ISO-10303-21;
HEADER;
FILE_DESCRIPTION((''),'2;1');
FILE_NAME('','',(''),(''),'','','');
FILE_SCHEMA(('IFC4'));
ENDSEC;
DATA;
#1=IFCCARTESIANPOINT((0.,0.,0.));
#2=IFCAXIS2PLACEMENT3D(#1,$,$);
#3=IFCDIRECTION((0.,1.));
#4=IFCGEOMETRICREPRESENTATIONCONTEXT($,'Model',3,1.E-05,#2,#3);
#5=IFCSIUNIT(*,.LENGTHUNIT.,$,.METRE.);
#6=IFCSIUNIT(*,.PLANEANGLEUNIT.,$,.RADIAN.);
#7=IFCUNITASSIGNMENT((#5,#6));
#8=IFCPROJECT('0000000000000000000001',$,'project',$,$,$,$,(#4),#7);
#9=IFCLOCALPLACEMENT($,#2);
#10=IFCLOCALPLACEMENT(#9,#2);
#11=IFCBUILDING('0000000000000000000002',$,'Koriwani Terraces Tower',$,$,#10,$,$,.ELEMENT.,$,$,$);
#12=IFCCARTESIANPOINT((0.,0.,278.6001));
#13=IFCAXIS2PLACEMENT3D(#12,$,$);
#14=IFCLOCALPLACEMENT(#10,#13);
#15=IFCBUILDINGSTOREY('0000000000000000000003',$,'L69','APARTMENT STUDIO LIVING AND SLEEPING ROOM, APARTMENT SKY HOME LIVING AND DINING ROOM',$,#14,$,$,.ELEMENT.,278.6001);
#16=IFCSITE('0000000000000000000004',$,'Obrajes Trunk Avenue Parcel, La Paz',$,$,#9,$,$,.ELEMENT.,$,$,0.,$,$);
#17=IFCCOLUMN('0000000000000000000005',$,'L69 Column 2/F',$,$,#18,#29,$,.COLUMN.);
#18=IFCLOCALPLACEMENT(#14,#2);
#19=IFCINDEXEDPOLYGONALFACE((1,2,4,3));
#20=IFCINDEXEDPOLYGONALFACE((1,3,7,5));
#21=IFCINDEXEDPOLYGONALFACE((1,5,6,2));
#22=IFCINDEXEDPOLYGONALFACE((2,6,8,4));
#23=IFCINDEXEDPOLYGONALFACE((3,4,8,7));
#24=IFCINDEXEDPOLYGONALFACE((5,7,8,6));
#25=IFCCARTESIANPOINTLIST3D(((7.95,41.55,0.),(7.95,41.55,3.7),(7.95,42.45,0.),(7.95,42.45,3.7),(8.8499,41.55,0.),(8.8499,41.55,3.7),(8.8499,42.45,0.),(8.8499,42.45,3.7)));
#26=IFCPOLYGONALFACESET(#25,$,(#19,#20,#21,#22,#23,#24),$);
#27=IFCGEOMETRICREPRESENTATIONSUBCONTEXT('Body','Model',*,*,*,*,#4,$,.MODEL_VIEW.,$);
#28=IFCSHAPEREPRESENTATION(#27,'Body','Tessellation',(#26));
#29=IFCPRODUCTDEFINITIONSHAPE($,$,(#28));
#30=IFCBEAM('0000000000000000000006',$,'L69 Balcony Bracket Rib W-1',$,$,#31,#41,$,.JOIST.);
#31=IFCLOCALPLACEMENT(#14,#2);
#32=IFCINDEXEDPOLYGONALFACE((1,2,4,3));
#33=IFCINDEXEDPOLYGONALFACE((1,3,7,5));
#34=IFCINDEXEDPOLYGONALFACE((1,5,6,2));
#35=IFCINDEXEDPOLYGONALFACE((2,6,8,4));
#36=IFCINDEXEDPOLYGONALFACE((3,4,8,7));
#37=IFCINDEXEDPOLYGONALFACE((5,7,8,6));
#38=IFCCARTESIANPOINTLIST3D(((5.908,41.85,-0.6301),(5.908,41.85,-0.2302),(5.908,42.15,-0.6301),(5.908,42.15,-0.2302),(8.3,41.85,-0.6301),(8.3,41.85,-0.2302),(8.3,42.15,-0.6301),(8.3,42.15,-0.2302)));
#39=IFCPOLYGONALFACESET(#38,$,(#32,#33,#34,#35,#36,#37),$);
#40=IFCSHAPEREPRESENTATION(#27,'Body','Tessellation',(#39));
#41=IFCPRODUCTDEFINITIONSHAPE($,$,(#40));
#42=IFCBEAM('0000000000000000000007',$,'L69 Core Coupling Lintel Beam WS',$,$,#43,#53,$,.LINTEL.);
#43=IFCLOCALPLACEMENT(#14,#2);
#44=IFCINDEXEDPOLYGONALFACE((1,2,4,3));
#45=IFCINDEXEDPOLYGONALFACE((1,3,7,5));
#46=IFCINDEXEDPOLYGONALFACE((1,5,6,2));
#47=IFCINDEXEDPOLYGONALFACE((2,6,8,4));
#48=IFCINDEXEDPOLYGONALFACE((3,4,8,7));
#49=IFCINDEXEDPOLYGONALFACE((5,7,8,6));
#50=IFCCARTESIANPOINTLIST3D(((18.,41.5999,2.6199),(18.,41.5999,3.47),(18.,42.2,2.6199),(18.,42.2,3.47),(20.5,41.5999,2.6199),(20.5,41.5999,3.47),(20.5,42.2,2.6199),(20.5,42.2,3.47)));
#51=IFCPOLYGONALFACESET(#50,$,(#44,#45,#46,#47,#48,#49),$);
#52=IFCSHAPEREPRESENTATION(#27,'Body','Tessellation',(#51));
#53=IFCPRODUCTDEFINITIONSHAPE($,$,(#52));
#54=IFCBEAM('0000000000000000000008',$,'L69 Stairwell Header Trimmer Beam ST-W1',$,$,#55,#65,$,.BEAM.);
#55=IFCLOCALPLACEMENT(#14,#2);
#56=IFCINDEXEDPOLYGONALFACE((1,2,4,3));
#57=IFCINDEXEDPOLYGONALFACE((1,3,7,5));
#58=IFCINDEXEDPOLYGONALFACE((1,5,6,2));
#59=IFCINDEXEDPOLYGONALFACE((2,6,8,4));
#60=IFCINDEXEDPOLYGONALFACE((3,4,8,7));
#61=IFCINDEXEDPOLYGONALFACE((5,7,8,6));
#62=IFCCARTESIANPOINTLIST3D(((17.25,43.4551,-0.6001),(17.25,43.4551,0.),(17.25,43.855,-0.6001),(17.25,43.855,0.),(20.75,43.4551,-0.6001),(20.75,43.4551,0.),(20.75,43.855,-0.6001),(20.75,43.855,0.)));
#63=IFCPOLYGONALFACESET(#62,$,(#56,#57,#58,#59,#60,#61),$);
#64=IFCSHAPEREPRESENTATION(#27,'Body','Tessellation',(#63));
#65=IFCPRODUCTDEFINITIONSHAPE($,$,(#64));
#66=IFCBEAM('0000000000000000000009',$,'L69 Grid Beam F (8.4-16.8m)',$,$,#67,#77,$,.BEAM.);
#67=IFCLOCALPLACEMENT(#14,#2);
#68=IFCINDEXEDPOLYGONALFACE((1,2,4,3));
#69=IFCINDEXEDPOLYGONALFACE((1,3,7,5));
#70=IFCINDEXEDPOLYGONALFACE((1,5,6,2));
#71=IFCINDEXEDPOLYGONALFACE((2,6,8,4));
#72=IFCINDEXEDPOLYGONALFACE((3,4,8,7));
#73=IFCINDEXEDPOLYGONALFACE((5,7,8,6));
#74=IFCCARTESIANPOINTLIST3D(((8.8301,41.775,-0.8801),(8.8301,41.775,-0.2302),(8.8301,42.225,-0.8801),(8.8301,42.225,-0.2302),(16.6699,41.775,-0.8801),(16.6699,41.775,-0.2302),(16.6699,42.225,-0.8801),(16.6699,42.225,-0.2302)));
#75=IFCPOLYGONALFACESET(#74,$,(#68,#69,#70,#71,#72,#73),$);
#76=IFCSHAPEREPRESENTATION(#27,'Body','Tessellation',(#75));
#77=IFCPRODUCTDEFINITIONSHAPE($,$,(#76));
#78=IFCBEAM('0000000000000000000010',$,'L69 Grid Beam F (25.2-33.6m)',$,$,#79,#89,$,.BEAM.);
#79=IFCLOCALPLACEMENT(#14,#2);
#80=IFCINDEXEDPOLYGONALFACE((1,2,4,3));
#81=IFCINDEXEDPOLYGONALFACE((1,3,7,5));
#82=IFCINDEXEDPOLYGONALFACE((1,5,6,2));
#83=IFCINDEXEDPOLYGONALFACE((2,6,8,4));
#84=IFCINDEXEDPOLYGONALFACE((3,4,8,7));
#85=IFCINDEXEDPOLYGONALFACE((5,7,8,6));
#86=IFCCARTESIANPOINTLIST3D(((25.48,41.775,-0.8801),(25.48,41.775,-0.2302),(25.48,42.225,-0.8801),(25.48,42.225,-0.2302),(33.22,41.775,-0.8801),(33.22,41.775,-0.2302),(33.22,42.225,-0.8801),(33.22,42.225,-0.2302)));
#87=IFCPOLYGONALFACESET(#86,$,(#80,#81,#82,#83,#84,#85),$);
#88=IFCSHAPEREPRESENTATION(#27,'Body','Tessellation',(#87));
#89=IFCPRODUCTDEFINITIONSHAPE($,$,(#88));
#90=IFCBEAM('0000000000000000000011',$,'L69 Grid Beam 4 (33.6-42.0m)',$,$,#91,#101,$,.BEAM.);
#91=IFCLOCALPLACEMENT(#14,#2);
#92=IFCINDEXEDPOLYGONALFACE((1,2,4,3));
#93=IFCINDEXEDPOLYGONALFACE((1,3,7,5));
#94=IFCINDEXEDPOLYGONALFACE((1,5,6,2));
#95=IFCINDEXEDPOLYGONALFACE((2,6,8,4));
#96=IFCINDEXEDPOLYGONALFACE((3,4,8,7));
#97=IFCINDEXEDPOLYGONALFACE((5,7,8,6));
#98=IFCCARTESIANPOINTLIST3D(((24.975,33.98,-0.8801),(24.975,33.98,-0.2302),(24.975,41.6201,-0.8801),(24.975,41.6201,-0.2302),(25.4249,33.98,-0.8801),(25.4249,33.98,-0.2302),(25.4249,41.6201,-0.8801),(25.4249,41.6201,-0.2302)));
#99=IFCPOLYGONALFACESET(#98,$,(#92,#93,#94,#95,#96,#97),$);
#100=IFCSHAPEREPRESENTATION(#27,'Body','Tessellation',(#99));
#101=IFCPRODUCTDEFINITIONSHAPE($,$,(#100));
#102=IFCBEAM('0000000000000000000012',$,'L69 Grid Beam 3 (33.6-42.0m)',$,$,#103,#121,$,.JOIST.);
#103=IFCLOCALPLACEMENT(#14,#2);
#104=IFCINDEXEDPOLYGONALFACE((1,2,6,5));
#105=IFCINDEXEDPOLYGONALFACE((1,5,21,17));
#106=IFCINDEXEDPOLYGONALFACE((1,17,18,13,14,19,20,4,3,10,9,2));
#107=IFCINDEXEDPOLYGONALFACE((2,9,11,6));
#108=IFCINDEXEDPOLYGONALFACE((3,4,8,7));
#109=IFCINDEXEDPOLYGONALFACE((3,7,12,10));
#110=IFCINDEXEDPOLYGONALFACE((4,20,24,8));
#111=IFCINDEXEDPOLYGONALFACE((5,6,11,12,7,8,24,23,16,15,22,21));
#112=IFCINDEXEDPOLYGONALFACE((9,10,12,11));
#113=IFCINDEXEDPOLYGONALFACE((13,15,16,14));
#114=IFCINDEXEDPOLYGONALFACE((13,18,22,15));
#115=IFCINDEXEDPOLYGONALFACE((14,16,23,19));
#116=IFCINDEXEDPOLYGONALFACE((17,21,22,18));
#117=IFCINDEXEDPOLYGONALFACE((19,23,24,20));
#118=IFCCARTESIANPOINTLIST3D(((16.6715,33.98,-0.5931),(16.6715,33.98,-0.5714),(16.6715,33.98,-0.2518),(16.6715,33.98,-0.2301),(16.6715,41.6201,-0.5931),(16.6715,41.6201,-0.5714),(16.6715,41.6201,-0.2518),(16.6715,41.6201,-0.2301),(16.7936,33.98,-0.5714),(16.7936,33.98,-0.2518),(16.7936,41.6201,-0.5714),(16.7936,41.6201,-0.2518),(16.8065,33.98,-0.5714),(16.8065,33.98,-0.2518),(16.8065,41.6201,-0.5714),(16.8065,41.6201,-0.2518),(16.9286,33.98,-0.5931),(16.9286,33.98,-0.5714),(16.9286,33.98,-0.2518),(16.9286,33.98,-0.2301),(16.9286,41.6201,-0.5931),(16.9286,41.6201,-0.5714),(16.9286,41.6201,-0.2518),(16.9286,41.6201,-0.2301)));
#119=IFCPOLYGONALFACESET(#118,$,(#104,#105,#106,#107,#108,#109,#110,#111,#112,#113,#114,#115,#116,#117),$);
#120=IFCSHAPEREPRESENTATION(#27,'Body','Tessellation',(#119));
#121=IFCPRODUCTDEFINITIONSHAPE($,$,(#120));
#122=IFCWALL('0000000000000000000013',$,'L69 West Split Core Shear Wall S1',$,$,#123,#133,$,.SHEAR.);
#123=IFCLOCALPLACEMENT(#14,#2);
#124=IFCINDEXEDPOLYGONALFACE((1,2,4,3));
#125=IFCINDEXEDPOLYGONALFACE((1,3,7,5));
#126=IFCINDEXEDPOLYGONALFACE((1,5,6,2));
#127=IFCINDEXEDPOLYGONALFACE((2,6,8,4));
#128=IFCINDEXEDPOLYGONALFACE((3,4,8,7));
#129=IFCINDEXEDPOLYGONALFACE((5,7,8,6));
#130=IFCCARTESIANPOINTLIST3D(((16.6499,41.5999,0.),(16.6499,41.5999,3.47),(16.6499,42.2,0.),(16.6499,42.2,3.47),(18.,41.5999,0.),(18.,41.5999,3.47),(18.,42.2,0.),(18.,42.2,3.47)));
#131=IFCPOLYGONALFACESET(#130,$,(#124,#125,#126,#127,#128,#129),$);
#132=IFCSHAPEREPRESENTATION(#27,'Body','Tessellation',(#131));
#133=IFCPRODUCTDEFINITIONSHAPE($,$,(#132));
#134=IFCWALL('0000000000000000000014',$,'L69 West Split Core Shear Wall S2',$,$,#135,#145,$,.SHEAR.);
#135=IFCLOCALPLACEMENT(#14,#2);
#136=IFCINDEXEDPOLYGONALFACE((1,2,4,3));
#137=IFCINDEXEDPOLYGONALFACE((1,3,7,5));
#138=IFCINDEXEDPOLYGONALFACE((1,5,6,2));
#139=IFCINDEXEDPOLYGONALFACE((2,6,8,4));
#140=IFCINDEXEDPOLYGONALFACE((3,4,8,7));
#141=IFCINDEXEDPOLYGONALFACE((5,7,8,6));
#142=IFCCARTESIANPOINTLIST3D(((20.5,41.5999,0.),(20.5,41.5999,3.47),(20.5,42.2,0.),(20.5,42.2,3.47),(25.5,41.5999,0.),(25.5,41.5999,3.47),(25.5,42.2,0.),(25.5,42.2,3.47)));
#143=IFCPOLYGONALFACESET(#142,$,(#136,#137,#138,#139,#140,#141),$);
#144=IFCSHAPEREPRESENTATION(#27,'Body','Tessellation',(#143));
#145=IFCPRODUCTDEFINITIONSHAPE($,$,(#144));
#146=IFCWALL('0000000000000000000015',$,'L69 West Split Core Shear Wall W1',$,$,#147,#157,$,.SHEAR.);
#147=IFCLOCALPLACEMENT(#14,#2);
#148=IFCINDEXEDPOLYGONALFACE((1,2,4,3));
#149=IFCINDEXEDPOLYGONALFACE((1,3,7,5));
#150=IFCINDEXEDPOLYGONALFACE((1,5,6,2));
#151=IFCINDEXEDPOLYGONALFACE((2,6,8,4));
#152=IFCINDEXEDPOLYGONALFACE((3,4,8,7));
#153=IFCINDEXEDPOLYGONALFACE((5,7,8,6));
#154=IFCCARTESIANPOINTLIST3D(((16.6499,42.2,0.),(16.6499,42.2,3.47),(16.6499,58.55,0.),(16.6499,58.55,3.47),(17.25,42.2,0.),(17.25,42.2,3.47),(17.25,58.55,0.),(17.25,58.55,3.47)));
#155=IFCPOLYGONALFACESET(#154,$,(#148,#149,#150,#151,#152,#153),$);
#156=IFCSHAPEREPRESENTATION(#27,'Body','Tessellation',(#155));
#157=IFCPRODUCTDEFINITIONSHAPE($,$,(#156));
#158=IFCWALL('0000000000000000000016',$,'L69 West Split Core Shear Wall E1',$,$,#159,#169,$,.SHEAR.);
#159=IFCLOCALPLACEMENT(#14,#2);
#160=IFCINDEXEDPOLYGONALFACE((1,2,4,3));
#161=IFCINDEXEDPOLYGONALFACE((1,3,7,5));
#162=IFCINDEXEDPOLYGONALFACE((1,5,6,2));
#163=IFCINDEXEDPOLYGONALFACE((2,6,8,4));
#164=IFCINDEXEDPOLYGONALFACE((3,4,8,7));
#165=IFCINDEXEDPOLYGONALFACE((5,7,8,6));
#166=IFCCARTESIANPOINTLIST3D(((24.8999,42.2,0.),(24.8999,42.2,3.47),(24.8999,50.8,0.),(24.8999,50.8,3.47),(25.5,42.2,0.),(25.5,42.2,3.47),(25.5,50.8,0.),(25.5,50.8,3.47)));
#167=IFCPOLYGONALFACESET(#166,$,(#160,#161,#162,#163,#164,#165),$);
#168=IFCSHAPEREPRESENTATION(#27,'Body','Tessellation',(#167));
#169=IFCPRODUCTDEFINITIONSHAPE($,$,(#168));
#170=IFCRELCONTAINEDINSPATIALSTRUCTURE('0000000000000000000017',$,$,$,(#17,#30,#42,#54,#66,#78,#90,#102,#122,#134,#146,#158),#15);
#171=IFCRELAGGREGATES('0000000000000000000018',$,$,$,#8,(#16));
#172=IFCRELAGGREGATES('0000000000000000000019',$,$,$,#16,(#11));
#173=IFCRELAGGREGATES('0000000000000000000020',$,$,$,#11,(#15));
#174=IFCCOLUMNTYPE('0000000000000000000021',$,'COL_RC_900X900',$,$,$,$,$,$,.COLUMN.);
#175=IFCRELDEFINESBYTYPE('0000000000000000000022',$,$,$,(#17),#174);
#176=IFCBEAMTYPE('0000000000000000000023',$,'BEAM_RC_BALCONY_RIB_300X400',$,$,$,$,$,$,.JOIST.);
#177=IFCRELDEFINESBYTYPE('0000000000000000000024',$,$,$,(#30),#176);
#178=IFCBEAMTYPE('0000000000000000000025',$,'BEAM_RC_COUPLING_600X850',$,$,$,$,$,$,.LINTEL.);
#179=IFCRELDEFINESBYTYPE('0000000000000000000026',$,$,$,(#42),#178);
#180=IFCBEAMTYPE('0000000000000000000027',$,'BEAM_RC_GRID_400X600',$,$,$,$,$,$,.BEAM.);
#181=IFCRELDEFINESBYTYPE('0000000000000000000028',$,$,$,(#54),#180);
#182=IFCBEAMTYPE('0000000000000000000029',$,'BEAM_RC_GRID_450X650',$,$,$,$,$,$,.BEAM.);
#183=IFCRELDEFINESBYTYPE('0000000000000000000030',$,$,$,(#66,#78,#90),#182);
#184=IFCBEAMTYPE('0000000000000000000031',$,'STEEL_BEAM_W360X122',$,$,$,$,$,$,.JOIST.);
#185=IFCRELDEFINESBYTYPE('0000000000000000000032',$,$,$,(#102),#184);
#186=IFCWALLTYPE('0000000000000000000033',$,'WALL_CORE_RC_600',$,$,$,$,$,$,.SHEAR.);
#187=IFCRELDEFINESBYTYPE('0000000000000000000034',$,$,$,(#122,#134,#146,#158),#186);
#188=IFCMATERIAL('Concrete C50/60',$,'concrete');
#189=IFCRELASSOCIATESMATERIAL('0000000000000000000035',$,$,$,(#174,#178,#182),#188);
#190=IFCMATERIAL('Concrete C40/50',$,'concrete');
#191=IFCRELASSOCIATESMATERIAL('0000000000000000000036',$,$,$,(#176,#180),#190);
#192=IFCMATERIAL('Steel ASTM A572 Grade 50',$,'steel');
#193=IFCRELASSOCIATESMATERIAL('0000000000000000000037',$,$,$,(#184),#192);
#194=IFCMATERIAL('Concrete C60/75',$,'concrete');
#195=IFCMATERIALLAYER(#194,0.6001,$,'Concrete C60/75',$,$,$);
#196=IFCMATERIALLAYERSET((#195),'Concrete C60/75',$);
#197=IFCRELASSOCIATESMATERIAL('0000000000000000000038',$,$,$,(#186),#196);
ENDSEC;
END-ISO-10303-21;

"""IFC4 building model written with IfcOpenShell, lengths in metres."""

from ifc_helpers import new_model, si_unit, direction, frame, frame_2d, origin, origin_2d, place, context, subcontext, project, spatial, rectangle, i_section, extrude, material, layer, layer_set, material_profile, profile_set, type_object, element, save


model = new_model("IFC4")

# Units and contexts
model_context = context("Model", 3, precision=1e-05, world=origin(), true_north=direction((0.0, 1.0)))
body_context = subcontext(model_context, "Body", "Model", "MODEL_VIEW")
ifc_project = project(units=[si_unit("LENGTHUNIT", "METRE"), si_unit("PLANEANGLEUNIT", "RADIAN")], contexts=[model_context])

# Site, building, storey
site_placement = place(None, origin())
site = spatial("IfcSite", under=ifc_project, at=site_placement, Name="Obrajes Trunk Avenue Parcel, La Paz", CompositionType="ELEMENT", RefElevation=0.0)
building_placement = place(site_placement, origin())
building = spatial("IfcBuilding", under=site, at=building_placement, Name="Koriwani Terraces Tower", CompositionType="ELEMENT")
storey_placement = place(building_placement, frame((0.0, 0.0, 278.6001)))
storey = spatial("IfcBuildingStorey", under=building, at=storey_placement, Name="L69", Description="APARTMENT STUDIO LIVING AND SLEEPING ROOM, APARTMENT SKY HOME LIVING AND DINING ROOM", CompositionType="ELEMENT", Elevation=278.6001)

# Column
ifc_material_1 = material(Name="Concrete C50/60", Category="concrete")
ifc_material_profile_1 = material_profile(ifc_material_1, rectangle(XDim=0.8999, YDim=0.8999, at=origin_2d()), Name="Concrete C50/60", Category="LoadBearing")
ifc_profile_set_1 = profile_set([ifc_material_profile_1], Name="Concrete C50/60")
column_type = type_object("IfcColumnType", Name="COL_RC_900X900", PredefinedType="COLUMN", material=ifc_profile_set_1)
column_placement = place(storey_placement, frame((8.3999, 42.0, 0.0), z_axis=(0.0, 0.0, 1.0), x_axis=(1.0, 0.0, 0.0)))
element("IfcColumn", 1, at=column_placement, inside=storey, type_object=column_type, Name="L69 Column 2/F", PredefinedType="COLUMN", context=body_context, shape_type="SweptSolid", body=[
    extrude(rectangle(XDim=0.8999, YDim=0.8999, at=origin_2d()), origin(), (0.0, 0.0, 1.0), 3.7),
])

# Beams
ifc_material_2 = material(Name="Concrete C40/50", Category="concrete")
ifc_material_profile_2 = material_profile(ifc_material_2, rectangle(XDim=0.3, YDim=0.3999, at=origin_2d()), Name="Concrete C40/50", Category="LoadBearing")
ifc_profile_set_2 = profile_set([ifc_material_profile_2], Name="Concrete C40/50")
beam_type_1 = type_object("IfcBeamType", Name="BEAM_RC_BALCONY_RIB_300X400", PredefinedType="JOIST", material=ifc_profile_set_2)
beam_1_placement = place(storey_placement, frame((5.908, 42.0, -0.4302), z_axis=(1.0, 0.0, 0.0), x_axis=(0.0, 1.0, 0.0)))
element("IfcBeam", 2, at=beam_1_placement, inside=storey, type_object=beam_type_1, Name="L69 Balcony Bracket Rib W-1", PredefinedType="JOIST", context=body_context, shape_type="SweptSolid", body=[
    extrude(rectangle(XDim=0.3, YDim=0.3999, at=origin_2d()), origin(), (0.0, 0.0, 1.0), 2.3921),
])
ifc_material_profile_3 = material_profile(ifc_material_1, rectangle(XDim=0.6001, YDim=0.8501, at=origin_2d()), Name="Concrete C50/60", Category="LoadBearing")
ifc_profile_set_3 = profile_set([ifc_material_profile_3], Name="Concrete C50/60")
beam_type_2 = type_object("IfcBeamType", Name="BEAM_RC_COUPLING_600X850", PredefinedType="LINTEL", material=ifc_profile_set_3)
beam_2_placement = place(storey_placement, frame((18.0, 41.8999, 3.0449), z_axis=(1.0, 0.0, 0.0), x_axis=(0.0, 1.0, 0.0)))
element("IfcBeam", 3, at=beam_2_placement, inside=storey, type_object=beam_type_2, Name="L69 Core Coupling Lintel Beam WS", PredefinedType="LINTEL", context=body_context, shape_type="SweptSolid", body=[
    extrude(rectangle(XDim=0.6001, YDim=0.8501, at=origin_2d()), origin(), (0.0, 0.0, 1.0), 2.5),
])
ifc_material_profile_4 = material_profile(ifc_material_2, rectangle(XDim=0.3999, YDim=0.6001, at=origin_2d()), Name="Concrete C40/50", Category="LoadBearing")
ifc_profile_set_4 = profile_set([ifc_material_profile_4], Name="Concrete C40/50")
beam_type_3 = type_object("IfcBeamType", Name="BEAM_RC_GRID_400X600", PredefinedType="BEAM", material=ifc_profile_set_4)
beam_3_placement = place(storey_placement, frame((17.25, 43.655, -0.3), z_axis=(1.0, 0.0, 0.0), x_axis=(0.0, 1.0, 0.0)))
element("IfcBeam", 4, at=beam_3_placement, inside=storey, type_object=beam_type_3, Name="L69 Stairwell Header Trimmer Beam ST-W1", PredefinedType="BEAM", context=body_context, shape_type="SweptSolid", body=[
    extrude(rectangle(XDim=0.3999, YDim=0.6001, at=origin_2d()), origin(), (0.0, 0.0, 1.0), 3.5),
])
ifc_material_profile_5 = material_profile(ifc_material_1, rectangle(XDim=0.45, YDim=0.6499, at=origin_2d()), Name="Concrete C50/60", Category="LoadBearing")
ifc_profile_set_5 = profile_set([ifc_material_profile_5], Name="Concrete C50/60")
beam_type_4 = type_object("IfcBeamType", Name="BEAM_RC_GRID_450X650", PredefinedType="BEAM", material=ifc_profile_set_5)
beam_4_placement = place(storey_placement, frame((8.8301, 42.0, -0.5552), z_axis=(1.0, 0.0, 0.0), x_axis=(0.0, 1.0, 0.0)))
element("IfcBeam", 5, at=beam_4_placement, inside=storey, type_object=beam_type_4, Name="L69 Grid Beam F (8.4-16.8m)", PredefinedType="BEAM", context=body_context, shape_type="SweptSolid", body=[
    extrude(rectangle(XDim=0.45, YDim=0.6499, at=origin_2d()), origin(), (0.0, 0.0, 1.0), 7.8398),
])
beam_5_placement = place(storey_placement, frame((25.48, 42.0, -0.5552), z_axis=(1.0, 0.0, 0.0), x_axis=(0.0, 1.0, 0.0)))
element("IfcBeam", 6, at=beam_5_placement, inside=storey, type_object=beam_type_4, Name="L69 Grid Beam F (25.2-33.6m)", PredefinedType="BEAM", context=body_context, shape_type="SweptSolid", body=[
    extrude(rectangle(XDim=0.45, YDim=0.6499, at=origin_2d()), origin(), (0.0, 0.0, 1.0), 7.74),
])
beam_6_placement = place(storey_placement, frame((25.2, 33.98, -0.5552), z_axis=(0.0, 1.0, 0.0), x_axis=(-1.0, 0.0, 0.0)))
element("IfcBeam", 7, at=beam_6_placement, inside=storey, type_object=beam_type_4, Name="L69 Grid Beam 4 (33.6-42.0m)", PredefinedType="BEAM", context=body_context, shape_type="SweptSolid", body=[
    extrude(rectangle(XDim=0.45, YDim=0.6499, at=origin_2d()), origin(), (0.0, 0.0, 1.0), 7.6401),
])
ifc_material_3 = material(Name="Steel ASTM A572 Grade 50", Category="steel")
ifc_material_profile_6 = material_profile(ifc_material_3, i_section(OverallWidth=0.2571, OverallDepth=0.363, WebThickness=0.0129, FlangeThickness=0.0217, at=origin_2d()), Name="Steel ASTM A572 Grade 50", Category="LoadBearing")
ifc_profile_set_6 = profile_set([ifc_material_profile_6], Name="Steel ASTM A572 Grade 50")
beam_type_5 = type_object("IfcBeamType", Name="STEEL_BEAM_W360X122", PredefinedType="JOIST", material=ifc_profile_set_6)
beam_7_placement = place(storey_placement, frame((16.8, 33.98, -0.4116), z_axis=(0.0, 1.0, 0.0), x_axis=(-1.0, 0.0, 0.0)))
element("IfcBeam", 8, at=beam_7_placement, inside=storey, type_object=beam_type_5, Name="L69 Grid Beam 3 (33.6-42.0m)", PredefinedType="JOIST", context=body_context, shape_type="SweptSolid", body=[
    extrude(i_section(OverallWidth=0.2571, OverallDepth=0.363, WebThickness=0.0129, FlangeThickness=0.0217, at=origin_2d()), origin(), (0.0, 0.0, 1.0), 7.6401),
])

# Walls
ifc_material_4 = material(Name="Concrete C60/75", Category="concrete")
ifc_layer_1 = layer(ifc_material_4, 0.6001, Name="Concrete C60/75")
ifc_layer_set_1 = layer_set([ifc_layer_1], Name="Concrete C60/75")
wall_type_1 = type_object("IfcWallType", Name="WALL_CORE_RC_600", PredefinedType="SHEAR", material=ifc_layer_set_1)
wall_1_placement = place(storey_placement, frame((16.6499, 41.8999, 0.0), z_axis=(0.0, 0.0, 1.0), x_axis=(1.0, 0.0, 0.0)))
element("IfcWall", 9, at=wall_1_placement, inside=storey, type_object=wall_type_1, Name="L69 West Split Core Shear Wall S1", PredefinedType="SHEAR", context=body_context, shape_type="SweptSolid", body=[
    extrude(rectangle(XDim=1.3501, YDim=0.6001, at=frame_2d((0.675, 0.0))), origin(), (0.0, 0.0, 1.0), 3.47),
])
wall_2_placement = place(storey_placement, frame((20.5, 41.8999, 0.0), z_axis=(0.0, 0.0, 1.0), x_axis=(1.0, 0.0, 0.0)))
element("IfcWall", 10, at=wall_2_placement, inside=storey, type_object=wall_type_1, Name="L69 West Split Core Shear Wall S2", PredefinedType="SHEAR", context=body_context, shape_type="SweptSolid", body=[
    extrude(rectangle(XDim=5.0, YDim=0.6001, at=frame_2d((2.5, 0.0))), origin(), (0.0, 0.0, 1.0), 3.47),
])
wall_3_placement = place(storey_placement, frame((16.95, 42.2, 0.0), z_axis=(0.0, 0.0, 1.0), x_axis=(0.0, 1.0, 0.0)))
element("IfcWall", 11, at=wall_3_placement, inside=storey, type_object=wall_type_1, Name="L69 West Split Core Shear Wall W1", PredefinedType="SHEAR", context=body_context, shape_type="SweptSolid", body=[
    extrude(rectangle(XDim=16.3501, YDim=0.6001, at=frame_2d((8.175, 0.0))), origin(), (0.0, 0.0, 1.0), 3.47),
])
wall_4_placement = place(storey_placement, frame((25.2, 42.2, 0.0), z_axis=(0.0, 0.0, 1.0), x_axis=(0.0, 1.0, 0.0)))
element("IfcWall", 12, at=wall_4_placement, inside=storey, type_object=wall_type_1, Name="L69 West Split Core Shear Wall E1", PredefinedType="SHEAR", context=body_context, shape_type="SweptSolid", body=[
    extrude(rectangle(XDim=8.6001, YDim=0.6001, at=frame_2d((4.3, 0.0))), origin(), (0.0, 0.0, 1.0), 3.47),
])

save(model, "model.ifc")
